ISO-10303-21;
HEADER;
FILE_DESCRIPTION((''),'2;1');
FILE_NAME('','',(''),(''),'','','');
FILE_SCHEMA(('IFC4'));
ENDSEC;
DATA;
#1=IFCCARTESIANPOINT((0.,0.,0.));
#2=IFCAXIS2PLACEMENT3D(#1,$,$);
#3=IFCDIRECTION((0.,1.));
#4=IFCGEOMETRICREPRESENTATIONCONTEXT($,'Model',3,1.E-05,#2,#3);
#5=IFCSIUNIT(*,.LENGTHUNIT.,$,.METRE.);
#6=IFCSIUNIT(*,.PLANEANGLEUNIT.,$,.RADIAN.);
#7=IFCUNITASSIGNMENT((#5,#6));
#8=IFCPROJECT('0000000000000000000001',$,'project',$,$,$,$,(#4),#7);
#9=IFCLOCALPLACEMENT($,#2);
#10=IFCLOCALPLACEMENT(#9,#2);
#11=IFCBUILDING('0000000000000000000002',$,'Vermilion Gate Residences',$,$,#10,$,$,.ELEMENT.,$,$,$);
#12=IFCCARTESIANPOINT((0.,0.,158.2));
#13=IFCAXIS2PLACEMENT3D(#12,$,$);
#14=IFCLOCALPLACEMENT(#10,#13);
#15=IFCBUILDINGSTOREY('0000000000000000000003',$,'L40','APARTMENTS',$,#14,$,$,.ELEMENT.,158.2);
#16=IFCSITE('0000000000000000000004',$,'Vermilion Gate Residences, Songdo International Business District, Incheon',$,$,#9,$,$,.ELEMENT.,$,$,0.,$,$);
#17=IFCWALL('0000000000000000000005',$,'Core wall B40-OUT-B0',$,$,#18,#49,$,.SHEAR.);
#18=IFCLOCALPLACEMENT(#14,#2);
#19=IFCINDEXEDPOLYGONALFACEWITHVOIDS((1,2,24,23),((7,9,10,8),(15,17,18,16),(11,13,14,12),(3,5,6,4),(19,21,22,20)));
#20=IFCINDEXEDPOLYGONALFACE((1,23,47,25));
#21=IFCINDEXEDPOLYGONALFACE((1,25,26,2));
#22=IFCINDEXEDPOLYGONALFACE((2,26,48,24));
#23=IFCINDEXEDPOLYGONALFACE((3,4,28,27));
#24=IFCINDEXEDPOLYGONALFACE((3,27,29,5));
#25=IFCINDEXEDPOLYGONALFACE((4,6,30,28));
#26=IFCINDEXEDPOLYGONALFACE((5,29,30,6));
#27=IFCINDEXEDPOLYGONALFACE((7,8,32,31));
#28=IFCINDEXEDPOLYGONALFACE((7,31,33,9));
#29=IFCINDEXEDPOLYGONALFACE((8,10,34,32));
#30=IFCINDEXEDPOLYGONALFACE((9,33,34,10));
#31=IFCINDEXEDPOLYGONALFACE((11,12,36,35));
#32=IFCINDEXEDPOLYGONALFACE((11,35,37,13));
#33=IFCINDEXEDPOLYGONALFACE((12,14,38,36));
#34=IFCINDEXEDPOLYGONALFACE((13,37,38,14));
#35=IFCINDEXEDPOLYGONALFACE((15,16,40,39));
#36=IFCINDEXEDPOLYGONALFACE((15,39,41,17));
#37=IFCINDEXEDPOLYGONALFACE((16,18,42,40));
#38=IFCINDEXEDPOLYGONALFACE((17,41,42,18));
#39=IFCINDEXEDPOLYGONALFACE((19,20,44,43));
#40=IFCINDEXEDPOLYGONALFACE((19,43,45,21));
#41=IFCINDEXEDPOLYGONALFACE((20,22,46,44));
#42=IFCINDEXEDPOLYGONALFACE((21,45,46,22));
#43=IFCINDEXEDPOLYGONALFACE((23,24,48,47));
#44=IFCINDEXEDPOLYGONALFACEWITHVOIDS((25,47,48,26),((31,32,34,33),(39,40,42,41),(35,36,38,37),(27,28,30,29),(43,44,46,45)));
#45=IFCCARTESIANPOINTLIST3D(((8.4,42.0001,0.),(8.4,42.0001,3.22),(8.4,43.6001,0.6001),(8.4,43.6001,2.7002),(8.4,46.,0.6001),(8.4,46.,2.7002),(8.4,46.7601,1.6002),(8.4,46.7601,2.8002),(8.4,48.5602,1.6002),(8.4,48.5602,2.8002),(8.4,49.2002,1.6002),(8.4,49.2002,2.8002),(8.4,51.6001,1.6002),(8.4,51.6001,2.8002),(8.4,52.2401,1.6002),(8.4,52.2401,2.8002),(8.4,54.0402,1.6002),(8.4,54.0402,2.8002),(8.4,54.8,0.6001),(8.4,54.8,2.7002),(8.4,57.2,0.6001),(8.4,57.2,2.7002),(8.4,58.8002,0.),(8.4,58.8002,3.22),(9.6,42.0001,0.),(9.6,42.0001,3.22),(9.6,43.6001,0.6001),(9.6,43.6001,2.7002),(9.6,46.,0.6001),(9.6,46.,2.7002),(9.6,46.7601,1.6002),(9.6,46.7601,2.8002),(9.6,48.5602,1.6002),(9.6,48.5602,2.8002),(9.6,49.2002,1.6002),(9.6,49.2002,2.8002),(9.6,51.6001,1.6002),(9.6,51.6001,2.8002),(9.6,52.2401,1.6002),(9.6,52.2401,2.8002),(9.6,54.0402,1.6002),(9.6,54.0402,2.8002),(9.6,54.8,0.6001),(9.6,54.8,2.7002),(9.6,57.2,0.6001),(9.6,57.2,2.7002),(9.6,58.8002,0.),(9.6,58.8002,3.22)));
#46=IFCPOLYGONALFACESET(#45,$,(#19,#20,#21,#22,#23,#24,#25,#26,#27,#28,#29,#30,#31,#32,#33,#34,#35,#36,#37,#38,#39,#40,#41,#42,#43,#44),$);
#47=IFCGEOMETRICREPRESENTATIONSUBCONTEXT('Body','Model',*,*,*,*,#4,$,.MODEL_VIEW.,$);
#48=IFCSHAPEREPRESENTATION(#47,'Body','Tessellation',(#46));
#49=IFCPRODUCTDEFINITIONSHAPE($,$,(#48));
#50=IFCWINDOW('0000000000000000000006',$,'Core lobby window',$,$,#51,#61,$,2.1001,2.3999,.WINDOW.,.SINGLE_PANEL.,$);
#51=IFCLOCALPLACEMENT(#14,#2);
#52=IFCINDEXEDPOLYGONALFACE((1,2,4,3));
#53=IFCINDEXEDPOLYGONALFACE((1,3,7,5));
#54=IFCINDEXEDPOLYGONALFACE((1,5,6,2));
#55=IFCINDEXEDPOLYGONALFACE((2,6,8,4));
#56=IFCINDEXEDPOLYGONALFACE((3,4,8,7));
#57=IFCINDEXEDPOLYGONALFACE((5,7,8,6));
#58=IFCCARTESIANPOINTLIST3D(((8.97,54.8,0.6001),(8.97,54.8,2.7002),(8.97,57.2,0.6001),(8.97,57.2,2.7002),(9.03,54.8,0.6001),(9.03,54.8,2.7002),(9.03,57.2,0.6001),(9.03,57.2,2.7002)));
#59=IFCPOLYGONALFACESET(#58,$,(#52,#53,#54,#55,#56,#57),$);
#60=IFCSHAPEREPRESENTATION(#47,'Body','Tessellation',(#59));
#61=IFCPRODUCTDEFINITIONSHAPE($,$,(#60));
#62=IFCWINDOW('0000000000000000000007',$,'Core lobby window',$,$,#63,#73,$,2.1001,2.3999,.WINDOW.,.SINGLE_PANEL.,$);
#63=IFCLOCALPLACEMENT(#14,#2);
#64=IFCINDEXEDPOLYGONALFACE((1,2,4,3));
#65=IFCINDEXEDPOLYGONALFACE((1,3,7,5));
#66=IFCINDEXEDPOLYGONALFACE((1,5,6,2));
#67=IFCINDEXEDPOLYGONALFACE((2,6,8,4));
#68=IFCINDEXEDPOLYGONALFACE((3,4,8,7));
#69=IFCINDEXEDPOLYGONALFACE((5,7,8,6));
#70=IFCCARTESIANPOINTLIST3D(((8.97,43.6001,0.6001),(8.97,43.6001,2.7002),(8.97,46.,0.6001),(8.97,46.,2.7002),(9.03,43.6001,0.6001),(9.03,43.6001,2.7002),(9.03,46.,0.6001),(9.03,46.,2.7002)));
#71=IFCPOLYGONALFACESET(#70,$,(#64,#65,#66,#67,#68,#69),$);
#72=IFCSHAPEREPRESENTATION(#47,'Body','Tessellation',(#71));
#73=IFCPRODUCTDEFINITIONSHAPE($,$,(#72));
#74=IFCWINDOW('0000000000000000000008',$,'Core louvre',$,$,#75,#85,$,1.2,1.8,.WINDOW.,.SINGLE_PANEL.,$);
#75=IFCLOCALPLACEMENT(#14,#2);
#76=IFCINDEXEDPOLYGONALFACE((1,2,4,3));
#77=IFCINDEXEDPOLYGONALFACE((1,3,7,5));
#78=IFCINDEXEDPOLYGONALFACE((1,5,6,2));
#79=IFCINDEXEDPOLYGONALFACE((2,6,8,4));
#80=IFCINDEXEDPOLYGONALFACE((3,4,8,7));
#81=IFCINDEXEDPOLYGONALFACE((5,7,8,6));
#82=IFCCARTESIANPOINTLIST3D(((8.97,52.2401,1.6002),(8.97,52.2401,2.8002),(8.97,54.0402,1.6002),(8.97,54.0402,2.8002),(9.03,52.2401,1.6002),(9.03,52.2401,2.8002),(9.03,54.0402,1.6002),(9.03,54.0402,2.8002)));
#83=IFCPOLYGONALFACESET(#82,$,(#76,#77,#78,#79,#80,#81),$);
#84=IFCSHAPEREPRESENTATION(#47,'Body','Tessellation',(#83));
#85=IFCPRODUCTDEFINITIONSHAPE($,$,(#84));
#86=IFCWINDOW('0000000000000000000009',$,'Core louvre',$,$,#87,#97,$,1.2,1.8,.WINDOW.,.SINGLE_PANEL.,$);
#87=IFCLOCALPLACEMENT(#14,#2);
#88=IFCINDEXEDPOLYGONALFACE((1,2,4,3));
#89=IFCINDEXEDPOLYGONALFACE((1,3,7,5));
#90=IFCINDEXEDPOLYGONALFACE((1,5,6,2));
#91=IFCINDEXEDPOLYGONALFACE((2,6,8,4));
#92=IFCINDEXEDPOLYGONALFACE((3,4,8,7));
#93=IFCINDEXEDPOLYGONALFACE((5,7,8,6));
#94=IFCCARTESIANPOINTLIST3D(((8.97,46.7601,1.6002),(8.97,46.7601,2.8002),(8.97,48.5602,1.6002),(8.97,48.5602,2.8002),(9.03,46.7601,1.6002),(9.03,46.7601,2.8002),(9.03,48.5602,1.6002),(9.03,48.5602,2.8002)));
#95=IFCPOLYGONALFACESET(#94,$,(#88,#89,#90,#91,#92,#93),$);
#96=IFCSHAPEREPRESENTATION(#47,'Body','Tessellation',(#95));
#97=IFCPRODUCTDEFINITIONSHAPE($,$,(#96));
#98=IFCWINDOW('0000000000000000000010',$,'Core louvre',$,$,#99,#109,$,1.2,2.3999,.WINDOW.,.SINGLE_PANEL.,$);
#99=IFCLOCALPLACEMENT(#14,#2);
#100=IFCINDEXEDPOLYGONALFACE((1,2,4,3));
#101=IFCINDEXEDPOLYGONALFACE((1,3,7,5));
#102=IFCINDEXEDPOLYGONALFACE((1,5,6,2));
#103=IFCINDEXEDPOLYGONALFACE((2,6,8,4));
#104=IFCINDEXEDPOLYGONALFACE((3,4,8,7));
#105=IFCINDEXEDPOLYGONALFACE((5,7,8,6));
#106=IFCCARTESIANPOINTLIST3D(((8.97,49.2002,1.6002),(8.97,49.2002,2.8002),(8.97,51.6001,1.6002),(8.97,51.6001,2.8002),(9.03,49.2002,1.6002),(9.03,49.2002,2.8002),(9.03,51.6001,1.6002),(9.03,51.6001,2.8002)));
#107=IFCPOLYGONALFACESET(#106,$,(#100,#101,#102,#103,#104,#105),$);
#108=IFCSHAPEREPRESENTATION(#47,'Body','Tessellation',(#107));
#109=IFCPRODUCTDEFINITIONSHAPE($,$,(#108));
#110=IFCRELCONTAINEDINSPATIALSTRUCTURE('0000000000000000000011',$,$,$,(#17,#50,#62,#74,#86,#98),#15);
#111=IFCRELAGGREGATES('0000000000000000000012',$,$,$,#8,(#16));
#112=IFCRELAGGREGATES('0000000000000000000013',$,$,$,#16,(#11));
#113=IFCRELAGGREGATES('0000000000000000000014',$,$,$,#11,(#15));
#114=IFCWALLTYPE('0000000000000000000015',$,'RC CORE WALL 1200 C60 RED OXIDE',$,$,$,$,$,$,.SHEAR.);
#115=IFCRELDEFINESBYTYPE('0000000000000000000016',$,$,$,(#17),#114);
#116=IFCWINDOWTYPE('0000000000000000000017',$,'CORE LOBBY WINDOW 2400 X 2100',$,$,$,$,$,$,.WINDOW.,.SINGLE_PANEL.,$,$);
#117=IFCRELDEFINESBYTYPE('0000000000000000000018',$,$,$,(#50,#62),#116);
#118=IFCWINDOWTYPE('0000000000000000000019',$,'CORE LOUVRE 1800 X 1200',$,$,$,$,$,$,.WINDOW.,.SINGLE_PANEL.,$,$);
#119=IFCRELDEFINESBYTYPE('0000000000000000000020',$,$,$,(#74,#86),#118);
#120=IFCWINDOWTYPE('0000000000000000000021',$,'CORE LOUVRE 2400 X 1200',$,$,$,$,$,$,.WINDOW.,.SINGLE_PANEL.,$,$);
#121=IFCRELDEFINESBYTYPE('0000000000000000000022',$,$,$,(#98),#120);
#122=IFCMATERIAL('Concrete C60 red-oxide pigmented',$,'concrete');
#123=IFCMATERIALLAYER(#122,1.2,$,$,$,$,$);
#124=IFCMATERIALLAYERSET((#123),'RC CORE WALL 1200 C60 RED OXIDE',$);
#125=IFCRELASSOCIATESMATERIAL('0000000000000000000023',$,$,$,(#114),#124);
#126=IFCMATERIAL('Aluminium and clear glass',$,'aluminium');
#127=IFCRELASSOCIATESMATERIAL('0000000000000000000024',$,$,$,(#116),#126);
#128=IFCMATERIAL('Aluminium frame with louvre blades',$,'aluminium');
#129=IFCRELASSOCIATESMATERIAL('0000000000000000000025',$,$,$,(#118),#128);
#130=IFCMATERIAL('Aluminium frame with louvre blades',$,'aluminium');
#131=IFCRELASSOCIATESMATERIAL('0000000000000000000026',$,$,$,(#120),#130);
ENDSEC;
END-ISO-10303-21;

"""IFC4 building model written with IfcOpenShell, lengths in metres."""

from ifc_helpers import new_model, si_unit, direction, frame, frame_2d, origin, place, context, subcontext, project, spatial, rectangle, extrude, material, layer, layer_set, type_object, element, fill, save


model = new_model("IFC4")

# Units and contexts
model_context = context("Model", 3, precision=1e-05, world=origin(), true_north=direction((0.0, 1.0)))
body_context = subcontext(model_context, "Body", "Model", "MODEL_VIEW")
ifc_project = project(units=[si_unit("LENGTHUNIT", "METRE"), si_unit("PLANEANGLEUNIT", "RADIAN")], contexts=[model_context])

# Site, building, storey
site_placement = place(None, origin())
site = spatial("IfcSite", under=ifc_project, at=site_placement, Name="Vermilion Gate Residences, Songdo International Business District, Incheon", CompositionType="ELEMENT", RefElevation=0.0)
building_placement = place(site_placement, origin())
building = spatial("IfcBuilding", under=site, at=building_placement, Name="Vermilion Gate Residences", CompositionType="ELEMENT")
storey_placement = place(building_placement, frame((0.0, 0.0, 158.2)))
storey = spatial("IfcBuildingStorey", under=building, at=storey_placement, Name="L40", Description="APARTMENTS", CompositionType="ELEMENT", Elevation=158.2)

# Wall, openings, windows
ifc_material_1 = material(Name="Concrete C60 red-oxide pigmented", Category="concrete")
ifc_layer_1 = layer(ifc_material_1, 1.2)
ifc_layer_set_1 = layer_set([ifc_layer_1], Name="RC CORE WALL 1200 C60 RED OXIDE")
wall_type_1 = type_object("IfcWallType", Name="RC CORE WALL 1200 C60 RED OXIDE", PredefinedType="SHEAR", material=ifc_layer_set_1)
wall_1_placement = place(storey_placement, frame((9.0, 58.8, 0.0), z_axis=(0.0, 0.0, 1.0), x_axis=(0.0, -1.0, 0.0)))
wall_1 = element("IfcWall", 1, at=wall_1_placement, inside=storey, type_object=wall_type_1, Name="Core wall B40-OUT-B0", PredefinedType="SHEAR", context=body_context, shape_type="SweptSolid", body=[
    extrude(rectangle(XDim=16.8, YDim=1.2, at=frame_2d((8.3999, 0.0))), origin(), (0.0, 0.0, 1.0), 3.22),
])
opening_1_placement = place(wall_1_placement, frame((1.6001, 0.0, 0.6001)))
opening_1 = element("IfcOpeningElement", 2, at=opening_1_placement, cuts=wall_1, PredefinedType="OPENING", context=body_context, shape_type="SweptSolid", body=[
    extrude(rectangle(XDim=2.3999, YDim=2.1001, at=frame_2d((1.2, 1.05))), frame((0.0, 0.6099, 0.0), z_axis=(0.0, -1.0, 0.0), x_axis=(1.0, 0.0, 0.0)), (0.0, 0.0, 1.0), 1.22),
])
opening_2_placement = place(wall_1_placement, frame((4.76, 0.0, 1.6001)))
opening_2 = element("IfcOpeningElement", 3, at=opening_2_placement, cuts=wall_1, PredefinedType="OPENING", context=body_context, shape_type="SweptSolid", body=[
    extrude(rectangle(XDim=1.8, YDim=1.2, at=frame_2d((0.8999, 0.6001))), frame((0.0, 0.6099, 0.0), z_axis=(0.0, -1.0, 0.0), x_axis=(1.0, 0.0, 0.0)), (0.0, 0.0, 1.0), 1.22),
])
opening_3_placement = place(wall_1_placement, frame((7.2, 0.0, 1.6001)))
opening_3 = element("IfcOpeningElement", 4, at=opening_3_placement, cuts=wall_1, PredefinedType="OPENING", context=body_context, shape_type="SweptSolid", body=[
    extrude(rectangle(XDim=2.3999, YDim=1.2, at=frame_2d((1.2, 0.6001))), frame((0.0, 0.6099, 0.0), z_axis=(0.0, -1.0, 0.0), x_axis=(1.0, 0.0, 0.0)), (0.0, 0.0, 1.0), 1.22),
])
opening_4_placement = place(wall_1_placement, frame((10.24, 0.0, 1.6001)))
opening_4 = element("IfcOpeningElement", 5, at=opening_4_placement, cuts=wall_1, PredefinedType="OPENING", context=body_context, shape_type="SweptSolid", body=[
    extrude(rectangle(XDim=1.8, YDim=1.2, at=frame_2d((0.8999, 0.6001))), frame((0.0, 0.6099, 0.0), z_axis=(0.0, -1.0, 0.0), x_axis=(1.0, 0.0, 0.0)), (0.0, 0.0, 1.0), 1.22),
])
opening_5_placement = place(wall_1_placement, frame((12.8, 0.0, 0.6001)))
opening_5 = element("IfcOpeningElement", 6, at=opening_5_placement, cuts=wall_1, PredefinedType="OPENING", context=body_context, shape_type="SweptSolid", body=[
    extrude(rectangle(XDim=2.3999, YDim=2.1001, at=frame_2d((1.2, 1.05))), frame((0.0, 0.6099, 0.0), z_axis=(0.0, -1.0, 0.0), x_axis=(1.0, 0.0, 0.0)), (0.0, 0.0, 1.0), 1.22),
])
ifc_material_2 = material(Name="Aluminium and clear glass", Category="aluminium")
window_type_1 = type_object("IfcWindowType", Name="CORE LOBBY WINDOW 2400 X 2100", PartitioningType="SINGLE_PANEL", PredefinedType="WINDOW", material=ifc_material_2)
window_1_placement = place(opening_1_placement, origin())
window_1 = element("IfcWindow", 7, at=window_1_placement, inside=storey, type_object=window_type_1, Name="Core lobby window", OverallHeight=2.1001, OverallWidth=2.3999, PartitioningType="SINGLE_PANEL", PredefinedType="WINDOW", context=body_context, shape_type="SweptSolid", body=[
    extrude(rectangle(XDim=2.3999, YDim=2.1001, at=frame_2d((1.2, 1.05))), frame((0.0, 0.03, 0.0), z_axis=(0.0, -1.0, 0.0), x_axis=(1.0, 0.0, 0.0)), (0.0, 0.0, 1.0), 0.0601),
])
fill(opening_1, window_1)
window_2_placement = place(opening_5_placement, origin())
window_2 = element("IfcWindow", 8, at=window_2_placement, inside=storey, type_object=window_type_1, Name="Core lobby window", OverallHeight=2.1001, OverallWidth=2.3999, PartitioningType="SINGLE_PANEL", PredefinedType="WINDOW", context=body_context, shape_type="SweptSolid", body=[
    extrude(rectangle(XDim=2.3999, YDim=2.1001, at=frame_2d((1.2, 1.05))), frame((0.0, 0.03, 0.0), z_axis=(0.0, -1.0, 0.0), x_axis=(1.0, 0.0, 0.0)), (0.0, 0.0, 1.0), 0.0601),
])
fill(opening_5, window_2)
ifc_material_3 = material(Name="Aluminium frame with louvre blades", Category="aluminium")
window_type_2 = type_object("IfcWindowType", Name="CORE LOUVRE 1800 X 1200", PartitioningType="SINGLE_PANEL", PredefinedType="WINDOW", material=ifc_material_3)
window_3_placement = place(opening_2_placement, origin())
window_3 = element("IfcWindow", 9, at=window_3_placement, inside=storey, type_object=window_type_2, Name="Core louvre", OverallHeight=1.2, OverallWidth=1.8, PartitioningType="SINGLE_PANEL", PredefinedType="WINDOW", context=body_context, shape_type="SweptSolid", body=[
    extrude(rectangle(XDim=1.8, YDim=1.2, at=frame_2d((0.8999, 0.6001))), frame((0.0, 0.03, 0.0), z_axis=(0.0, -1.0, 0.0), x_axis=(1.0, 0.0, 0.0)), (0.0, 0.0, 1.0), 0.0601),
])
fill(opening_2, window_3)
window_4_placement = place(opening_4_placement, origin())
window_4 = element("IfcWindow", 10, at=window_4_placement, inside=storey, type_object=window_type_2, Name="Core louvre", OverallHeight=1.2, OverallWidth=1.8, PartitioningType="SINGLE_PANEL", PredefinedType="WINDOW", context=body_context, shape_type="SweptSolid", body=[
    extrude(rectangle(XDim=1.8, YDim=1.2, at=frame_2d((0.8999, 0.6001))), frame((0.0, 0.03, 0.0), z_axis=(0.0, -1.0, 0.0), x_axis=(1.0, 0.0, 0.0)), (0.0, 0.0, 1.0), 0.0601),
])
fill(opening_4, window_4)
ifc_material_4 = material(Name="Aluminium frame with louvre blades", Category="aluminium")
window_type_3 = type_object("IfcWindowType", Name="CORE LOUVRE 2400 X 1200", PartitioningType="SINGLE_PANEL", PredefinedType="WINDOW", material=ifc_material_4)
window_5_placement = place(opening_3_placement, origin())
window_5 = element("IfcWindow", 11, at=window_5_placement, inside=storey, type_object=window_type_3, Name="Core louvre", OverallHeight=1.2, OverallWidth=2.3999, PartitioningType="SINGLE_PANEL", PredefinedType="WINDOW", context=body_context, shape_type="SweptSolid", body=[
    extrude(rectangle(XDim=2.3999, YDim=1.2, at=frame_2d((1.2, 0.6001))), frame((0.0, 0.03, 0.0), z_axis=(0.0, -1.0, 0.0), x_axis=(1.0, 0.0, 0.0)), (0.0, 0.0, 1.0), 0.0601),
])
fill(opening_3, window_5)

save(model, "model.ifc")
